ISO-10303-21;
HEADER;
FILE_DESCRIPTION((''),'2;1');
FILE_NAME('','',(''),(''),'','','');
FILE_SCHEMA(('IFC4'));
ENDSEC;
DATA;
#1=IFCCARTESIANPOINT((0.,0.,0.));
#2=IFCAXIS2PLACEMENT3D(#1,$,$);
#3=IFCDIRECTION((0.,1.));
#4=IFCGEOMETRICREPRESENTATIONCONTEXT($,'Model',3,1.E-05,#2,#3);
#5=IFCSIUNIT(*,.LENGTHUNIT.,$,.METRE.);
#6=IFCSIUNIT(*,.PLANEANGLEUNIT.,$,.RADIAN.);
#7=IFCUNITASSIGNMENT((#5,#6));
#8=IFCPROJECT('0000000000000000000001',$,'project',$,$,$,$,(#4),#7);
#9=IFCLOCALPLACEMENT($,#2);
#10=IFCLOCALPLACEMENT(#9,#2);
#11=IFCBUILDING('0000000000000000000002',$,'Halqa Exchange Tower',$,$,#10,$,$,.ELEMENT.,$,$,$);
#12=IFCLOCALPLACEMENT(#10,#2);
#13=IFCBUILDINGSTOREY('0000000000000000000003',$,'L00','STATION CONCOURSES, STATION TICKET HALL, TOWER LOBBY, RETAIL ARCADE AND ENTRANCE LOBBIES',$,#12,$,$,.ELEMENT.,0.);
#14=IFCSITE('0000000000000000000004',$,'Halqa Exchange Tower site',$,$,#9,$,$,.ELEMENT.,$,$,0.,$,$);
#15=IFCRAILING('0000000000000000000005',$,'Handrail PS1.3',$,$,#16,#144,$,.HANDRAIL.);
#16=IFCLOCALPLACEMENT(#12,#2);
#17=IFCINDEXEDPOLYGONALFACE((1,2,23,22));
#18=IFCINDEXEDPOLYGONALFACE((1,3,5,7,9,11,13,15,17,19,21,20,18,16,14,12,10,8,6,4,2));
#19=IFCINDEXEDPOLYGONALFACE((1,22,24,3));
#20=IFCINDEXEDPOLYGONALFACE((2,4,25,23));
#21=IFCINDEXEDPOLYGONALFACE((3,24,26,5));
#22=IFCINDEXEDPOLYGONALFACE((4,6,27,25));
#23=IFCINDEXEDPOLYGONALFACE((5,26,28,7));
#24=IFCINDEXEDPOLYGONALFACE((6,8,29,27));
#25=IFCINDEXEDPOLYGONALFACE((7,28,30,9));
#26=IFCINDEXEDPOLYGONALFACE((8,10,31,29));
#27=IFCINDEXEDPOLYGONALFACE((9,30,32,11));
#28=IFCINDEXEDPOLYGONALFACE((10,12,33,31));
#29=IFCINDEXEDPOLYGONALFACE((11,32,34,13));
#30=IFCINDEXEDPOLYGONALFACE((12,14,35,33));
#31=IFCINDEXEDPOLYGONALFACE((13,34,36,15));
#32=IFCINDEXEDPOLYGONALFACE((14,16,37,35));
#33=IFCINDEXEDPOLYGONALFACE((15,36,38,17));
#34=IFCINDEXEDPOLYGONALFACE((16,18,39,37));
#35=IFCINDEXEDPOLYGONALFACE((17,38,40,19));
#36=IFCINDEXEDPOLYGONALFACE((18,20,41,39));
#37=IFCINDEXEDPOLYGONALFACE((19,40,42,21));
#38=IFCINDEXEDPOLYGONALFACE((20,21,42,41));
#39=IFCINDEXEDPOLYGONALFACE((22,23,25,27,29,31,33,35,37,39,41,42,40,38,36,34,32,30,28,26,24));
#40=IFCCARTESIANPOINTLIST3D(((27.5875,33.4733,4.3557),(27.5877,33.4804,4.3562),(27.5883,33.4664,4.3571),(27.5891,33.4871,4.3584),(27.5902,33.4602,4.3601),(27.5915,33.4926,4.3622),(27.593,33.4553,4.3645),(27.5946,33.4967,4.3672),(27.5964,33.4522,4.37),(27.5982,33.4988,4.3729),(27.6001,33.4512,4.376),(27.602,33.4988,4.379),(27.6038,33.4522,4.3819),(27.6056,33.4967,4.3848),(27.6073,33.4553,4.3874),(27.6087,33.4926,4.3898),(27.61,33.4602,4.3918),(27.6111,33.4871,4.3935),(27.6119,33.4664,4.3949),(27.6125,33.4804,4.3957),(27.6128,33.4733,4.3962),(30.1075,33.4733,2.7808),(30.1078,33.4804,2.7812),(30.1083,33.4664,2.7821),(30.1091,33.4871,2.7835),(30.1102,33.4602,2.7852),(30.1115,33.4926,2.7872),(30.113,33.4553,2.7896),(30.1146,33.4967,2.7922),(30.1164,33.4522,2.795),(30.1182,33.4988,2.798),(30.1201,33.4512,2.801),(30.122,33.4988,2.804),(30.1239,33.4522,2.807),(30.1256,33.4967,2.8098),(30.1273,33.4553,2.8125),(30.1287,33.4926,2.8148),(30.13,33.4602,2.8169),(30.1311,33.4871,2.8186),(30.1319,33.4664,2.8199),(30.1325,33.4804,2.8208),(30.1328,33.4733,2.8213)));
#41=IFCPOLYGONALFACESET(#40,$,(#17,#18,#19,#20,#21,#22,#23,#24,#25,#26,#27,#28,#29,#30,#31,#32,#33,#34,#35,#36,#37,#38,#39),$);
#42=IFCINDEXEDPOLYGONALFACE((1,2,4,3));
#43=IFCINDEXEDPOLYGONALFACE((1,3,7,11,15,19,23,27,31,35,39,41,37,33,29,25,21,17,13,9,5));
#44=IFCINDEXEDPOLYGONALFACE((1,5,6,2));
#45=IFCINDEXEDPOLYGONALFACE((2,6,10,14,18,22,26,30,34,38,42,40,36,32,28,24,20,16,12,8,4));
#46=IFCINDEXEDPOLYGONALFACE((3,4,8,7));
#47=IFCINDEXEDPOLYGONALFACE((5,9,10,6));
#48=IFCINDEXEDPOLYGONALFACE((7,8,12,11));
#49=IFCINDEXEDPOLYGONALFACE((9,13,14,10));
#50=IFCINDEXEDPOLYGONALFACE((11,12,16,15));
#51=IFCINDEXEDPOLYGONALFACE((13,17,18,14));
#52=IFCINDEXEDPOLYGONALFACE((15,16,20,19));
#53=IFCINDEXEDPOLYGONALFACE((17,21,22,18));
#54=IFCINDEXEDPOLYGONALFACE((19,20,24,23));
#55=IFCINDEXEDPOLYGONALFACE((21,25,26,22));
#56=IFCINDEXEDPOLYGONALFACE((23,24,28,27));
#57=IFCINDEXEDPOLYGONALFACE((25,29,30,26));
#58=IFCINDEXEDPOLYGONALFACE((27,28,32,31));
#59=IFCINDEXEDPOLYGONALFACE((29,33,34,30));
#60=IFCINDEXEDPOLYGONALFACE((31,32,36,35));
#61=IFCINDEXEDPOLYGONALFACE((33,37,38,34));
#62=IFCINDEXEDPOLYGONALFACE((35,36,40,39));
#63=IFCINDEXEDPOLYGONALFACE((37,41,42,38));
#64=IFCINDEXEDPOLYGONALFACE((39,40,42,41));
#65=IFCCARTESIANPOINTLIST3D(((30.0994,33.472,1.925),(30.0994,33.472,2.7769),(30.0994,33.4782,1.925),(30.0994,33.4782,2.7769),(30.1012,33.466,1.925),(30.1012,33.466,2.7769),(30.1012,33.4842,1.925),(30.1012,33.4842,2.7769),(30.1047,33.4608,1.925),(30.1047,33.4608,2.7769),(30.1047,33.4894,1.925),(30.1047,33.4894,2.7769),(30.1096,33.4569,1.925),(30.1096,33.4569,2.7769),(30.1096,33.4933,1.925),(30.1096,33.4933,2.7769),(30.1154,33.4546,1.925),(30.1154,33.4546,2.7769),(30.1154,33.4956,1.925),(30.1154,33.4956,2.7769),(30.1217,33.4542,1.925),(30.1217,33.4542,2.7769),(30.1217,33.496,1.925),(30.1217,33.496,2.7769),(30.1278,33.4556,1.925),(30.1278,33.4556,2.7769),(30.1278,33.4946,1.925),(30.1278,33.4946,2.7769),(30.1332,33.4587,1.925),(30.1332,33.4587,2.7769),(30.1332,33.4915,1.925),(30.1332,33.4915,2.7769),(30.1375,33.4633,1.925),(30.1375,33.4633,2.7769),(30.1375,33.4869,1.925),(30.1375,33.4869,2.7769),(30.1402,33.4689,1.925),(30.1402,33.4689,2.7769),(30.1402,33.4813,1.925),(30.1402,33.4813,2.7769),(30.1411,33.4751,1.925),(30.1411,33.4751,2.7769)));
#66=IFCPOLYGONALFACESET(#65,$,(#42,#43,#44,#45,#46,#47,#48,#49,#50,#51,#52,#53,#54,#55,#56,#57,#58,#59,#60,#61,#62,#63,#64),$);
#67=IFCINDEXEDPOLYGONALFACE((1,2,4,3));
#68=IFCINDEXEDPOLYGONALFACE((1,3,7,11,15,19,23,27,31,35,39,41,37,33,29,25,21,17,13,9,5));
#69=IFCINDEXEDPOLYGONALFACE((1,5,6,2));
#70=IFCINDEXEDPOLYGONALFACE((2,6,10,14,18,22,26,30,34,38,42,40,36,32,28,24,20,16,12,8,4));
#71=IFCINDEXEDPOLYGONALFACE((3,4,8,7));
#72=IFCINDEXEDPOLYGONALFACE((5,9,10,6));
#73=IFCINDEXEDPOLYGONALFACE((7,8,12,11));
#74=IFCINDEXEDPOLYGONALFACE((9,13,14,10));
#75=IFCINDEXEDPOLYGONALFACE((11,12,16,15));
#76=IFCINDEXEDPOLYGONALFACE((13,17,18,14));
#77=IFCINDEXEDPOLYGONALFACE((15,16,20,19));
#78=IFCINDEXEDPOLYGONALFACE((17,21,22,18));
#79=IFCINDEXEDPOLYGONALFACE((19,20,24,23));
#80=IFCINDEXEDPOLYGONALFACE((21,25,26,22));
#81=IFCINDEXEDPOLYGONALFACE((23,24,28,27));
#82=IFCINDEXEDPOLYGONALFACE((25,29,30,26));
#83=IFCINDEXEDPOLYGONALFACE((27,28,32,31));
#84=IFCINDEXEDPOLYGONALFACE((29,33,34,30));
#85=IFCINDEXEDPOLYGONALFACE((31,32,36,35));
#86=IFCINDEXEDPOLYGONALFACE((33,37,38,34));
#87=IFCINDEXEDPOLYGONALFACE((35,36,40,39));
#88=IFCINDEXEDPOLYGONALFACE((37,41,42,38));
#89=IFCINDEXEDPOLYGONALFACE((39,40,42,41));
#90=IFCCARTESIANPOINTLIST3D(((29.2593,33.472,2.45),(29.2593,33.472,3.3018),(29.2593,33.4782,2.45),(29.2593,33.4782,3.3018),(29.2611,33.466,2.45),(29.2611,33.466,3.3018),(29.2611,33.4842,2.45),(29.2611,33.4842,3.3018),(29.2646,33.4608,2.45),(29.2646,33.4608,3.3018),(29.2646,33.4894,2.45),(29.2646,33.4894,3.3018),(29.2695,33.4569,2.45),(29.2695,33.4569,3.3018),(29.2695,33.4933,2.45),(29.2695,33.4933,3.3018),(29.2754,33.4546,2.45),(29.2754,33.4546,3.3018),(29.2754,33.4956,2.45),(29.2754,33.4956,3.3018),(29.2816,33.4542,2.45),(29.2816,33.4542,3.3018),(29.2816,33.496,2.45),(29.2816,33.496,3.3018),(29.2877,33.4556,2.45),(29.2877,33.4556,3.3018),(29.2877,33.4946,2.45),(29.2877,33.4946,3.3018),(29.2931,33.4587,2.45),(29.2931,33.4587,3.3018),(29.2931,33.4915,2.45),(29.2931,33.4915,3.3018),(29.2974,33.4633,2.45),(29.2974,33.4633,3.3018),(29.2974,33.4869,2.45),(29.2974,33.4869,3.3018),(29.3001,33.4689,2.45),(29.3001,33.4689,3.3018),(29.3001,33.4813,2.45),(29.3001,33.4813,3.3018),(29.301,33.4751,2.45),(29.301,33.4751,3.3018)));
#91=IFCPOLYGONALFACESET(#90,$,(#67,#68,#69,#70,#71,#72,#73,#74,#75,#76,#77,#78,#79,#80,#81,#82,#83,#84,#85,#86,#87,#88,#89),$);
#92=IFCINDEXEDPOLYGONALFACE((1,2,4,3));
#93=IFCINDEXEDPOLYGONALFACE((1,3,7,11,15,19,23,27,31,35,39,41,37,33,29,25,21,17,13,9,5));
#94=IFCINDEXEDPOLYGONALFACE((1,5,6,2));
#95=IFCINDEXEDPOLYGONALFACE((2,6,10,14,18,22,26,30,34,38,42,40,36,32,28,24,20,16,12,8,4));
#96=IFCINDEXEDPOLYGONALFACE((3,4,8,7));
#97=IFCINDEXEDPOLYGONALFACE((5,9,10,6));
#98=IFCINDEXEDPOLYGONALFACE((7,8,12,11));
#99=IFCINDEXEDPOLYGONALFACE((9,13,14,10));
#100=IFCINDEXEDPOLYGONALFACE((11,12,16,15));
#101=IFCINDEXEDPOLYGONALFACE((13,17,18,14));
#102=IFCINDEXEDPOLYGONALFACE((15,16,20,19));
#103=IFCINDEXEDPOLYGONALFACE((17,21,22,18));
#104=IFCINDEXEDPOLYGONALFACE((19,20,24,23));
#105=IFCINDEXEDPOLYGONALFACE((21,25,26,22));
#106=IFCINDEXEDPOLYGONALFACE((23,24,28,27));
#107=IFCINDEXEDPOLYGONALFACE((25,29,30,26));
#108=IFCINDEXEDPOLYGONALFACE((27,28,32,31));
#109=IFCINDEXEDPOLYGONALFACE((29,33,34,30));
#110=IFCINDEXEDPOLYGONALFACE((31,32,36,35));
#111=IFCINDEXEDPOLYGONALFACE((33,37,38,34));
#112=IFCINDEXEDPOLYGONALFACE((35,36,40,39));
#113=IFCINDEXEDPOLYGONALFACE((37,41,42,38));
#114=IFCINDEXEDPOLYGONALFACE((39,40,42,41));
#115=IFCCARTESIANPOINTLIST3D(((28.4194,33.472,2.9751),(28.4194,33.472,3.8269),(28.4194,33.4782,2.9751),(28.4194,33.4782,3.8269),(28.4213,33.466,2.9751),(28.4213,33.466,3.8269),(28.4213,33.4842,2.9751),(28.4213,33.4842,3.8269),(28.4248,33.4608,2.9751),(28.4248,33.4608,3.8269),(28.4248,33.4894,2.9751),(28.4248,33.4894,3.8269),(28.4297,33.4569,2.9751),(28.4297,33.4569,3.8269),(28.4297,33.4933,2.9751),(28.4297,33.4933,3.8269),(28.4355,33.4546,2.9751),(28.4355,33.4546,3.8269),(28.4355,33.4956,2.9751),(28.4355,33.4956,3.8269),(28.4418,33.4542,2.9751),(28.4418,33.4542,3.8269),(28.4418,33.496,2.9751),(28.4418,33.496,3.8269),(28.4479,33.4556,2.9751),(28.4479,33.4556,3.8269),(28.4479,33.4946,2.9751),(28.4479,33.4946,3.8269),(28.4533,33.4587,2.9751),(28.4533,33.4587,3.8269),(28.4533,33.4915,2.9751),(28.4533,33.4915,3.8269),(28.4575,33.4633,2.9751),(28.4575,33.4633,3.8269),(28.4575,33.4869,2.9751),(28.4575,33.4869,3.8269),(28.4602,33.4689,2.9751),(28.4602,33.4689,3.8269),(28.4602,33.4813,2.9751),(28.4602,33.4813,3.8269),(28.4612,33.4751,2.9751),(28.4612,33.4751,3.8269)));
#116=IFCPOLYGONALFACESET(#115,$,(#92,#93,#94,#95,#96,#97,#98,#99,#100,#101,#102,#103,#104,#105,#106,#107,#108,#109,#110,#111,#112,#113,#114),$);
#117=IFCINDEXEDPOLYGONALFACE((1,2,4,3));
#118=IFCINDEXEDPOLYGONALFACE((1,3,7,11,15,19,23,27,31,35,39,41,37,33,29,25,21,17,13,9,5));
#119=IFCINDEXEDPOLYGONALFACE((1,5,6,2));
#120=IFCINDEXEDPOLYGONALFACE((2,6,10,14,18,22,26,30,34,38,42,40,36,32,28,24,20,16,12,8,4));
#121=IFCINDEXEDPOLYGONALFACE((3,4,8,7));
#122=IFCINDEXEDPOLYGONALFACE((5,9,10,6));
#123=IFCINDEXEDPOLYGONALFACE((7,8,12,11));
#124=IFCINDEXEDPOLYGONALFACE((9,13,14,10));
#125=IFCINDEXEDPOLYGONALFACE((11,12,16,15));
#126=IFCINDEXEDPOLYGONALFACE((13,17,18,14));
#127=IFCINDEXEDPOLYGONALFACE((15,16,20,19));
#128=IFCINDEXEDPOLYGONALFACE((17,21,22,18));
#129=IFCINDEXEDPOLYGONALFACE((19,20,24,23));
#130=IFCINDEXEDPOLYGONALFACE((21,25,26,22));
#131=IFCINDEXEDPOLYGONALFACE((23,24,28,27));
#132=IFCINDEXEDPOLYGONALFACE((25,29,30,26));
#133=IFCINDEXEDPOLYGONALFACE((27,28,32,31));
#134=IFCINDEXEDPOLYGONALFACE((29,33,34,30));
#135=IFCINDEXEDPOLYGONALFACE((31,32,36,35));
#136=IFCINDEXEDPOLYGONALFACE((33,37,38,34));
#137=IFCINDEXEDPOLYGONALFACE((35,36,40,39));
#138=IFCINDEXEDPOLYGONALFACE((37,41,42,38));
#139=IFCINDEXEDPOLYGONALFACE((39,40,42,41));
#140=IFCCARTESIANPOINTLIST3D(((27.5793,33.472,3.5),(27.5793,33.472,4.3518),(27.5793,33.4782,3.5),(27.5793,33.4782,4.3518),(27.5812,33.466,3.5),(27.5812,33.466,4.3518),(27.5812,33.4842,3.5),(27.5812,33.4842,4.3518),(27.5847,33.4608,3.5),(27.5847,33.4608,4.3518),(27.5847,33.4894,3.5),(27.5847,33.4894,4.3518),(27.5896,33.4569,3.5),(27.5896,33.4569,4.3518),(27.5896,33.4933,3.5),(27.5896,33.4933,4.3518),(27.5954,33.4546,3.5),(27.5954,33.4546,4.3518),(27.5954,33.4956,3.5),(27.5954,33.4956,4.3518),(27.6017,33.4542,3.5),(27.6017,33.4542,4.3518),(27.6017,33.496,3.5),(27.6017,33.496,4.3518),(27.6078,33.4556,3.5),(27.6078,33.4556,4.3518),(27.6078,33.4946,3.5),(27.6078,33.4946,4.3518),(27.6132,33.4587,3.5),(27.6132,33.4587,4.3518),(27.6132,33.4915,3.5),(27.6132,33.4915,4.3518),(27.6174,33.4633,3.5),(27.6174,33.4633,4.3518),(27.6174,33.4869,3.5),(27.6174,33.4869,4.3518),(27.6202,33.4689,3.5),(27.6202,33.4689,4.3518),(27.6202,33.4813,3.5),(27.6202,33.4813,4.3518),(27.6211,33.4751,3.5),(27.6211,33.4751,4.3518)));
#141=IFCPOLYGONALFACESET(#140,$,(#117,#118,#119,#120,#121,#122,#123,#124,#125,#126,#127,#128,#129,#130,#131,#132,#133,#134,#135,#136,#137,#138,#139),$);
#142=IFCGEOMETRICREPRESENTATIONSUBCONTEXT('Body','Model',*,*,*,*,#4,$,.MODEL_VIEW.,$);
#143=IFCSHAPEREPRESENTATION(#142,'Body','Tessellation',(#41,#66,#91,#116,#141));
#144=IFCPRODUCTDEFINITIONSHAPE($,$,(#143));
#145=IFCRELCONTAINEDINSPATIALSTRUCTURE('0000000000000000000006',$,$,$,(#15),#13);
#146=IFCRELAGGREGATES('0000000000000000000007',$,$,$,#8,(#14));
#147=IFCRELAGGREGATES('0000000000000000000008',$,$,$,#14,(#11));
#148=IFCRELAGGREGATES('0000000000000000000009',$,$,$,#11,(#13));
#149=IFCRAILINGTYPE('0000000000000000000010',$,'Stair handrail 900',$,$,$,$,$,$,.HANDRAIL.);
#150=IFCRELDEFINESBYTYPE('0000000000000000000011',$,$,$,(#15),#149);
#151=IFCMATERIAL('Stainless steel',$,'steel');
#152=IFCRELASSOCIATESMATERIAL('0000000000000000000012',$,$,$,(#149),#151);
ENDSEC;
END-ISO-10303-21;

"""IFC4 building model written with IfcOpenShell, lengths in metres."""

from ifc_helpers import new_model, si_unit, direction, frame, origin, origin_2d, place, context, subcontext, project, spatial, circle, extrude, material, type_object, element, save


model = new_model("IFC4")

# Units and contexts
model_context = context("Model", 3, precision=1e-05, world=origin(), true_north=direction((0.0, 1.0)))
body_context = subcontext(model_context, "Body", "Model", "MODEL_VIEW")
ifc_project = project(units=[si_unit("LENGTHUNIT", "METRE"), si_unit("PLANEANGLEUNIT", "RADIAN")], contexts=[model_context])

# Site, building, storey
site_placement = place(None, origin())
site = spatial("IfcSite", under=ifc_project, at=site_placement, Name="Halqa Exchange Tower site", CompositionType="ELEMENT", RefElevation=0.0)
building_placement = place(site_placement, origin())
building = spatial("IfcBuilding", under=site, at=building_placement, Name="Halqa Exchange Tower", CompositionType="ELEMENT")
storey_placement = place(building_placement, origin())
storey = spatial("IfcBuildingStorey", under=building, at=storey_placement, Name="L00", Description="STATION CONCOURSES, STATION TICKET HALL, TOWER LOBBY, RETAIL ARCADE AND ENTRANCE LOBBIES", CompositionType="ELEMENT", Elevation=0.0)

# Railing
ifc_material_1 = material(Name="Stainless steel", Category="steel")
railing_type = type_object("IfcRailingType", Name="Stair handrail 900", PredefinedType="HANDRAIL", material=ifc_material_1)
for number, where, name in (
    (1, (30.1201, 33.4751, 1.925), "Handrail PS1.3"),
):
    element("IfcRailing", number, at=place(storey_placement, frame(where)), inside=storey, type_object=railing_type, Name=name, PredefinedType="HANDRAIL", context=body_context, shape_type="SweptSolid", body=[
        extrude(circle(Radius=0.0239, at=origin_2d()), frame((0.0, 0.0, 0.876), z_axis=(-0.848008, 0.0, 0.529984), x_axis=(0.0, -1.0, 0.0)), (0.0, 0.0, 1.0), 2.9717),
        extrude(circle(Radius=0.021, at=origin_2d()), origin(), (0.0, 0.0, 1.0), 0.8518),
        extrude(circle(Radius=0.021, at=origin_2d()), frame((-0.8401, 0.0, 0.5249)), (0.0, 0.0, 1.0), 0.8518),
        extrude(circle(Radius=0.021, at=origin_2d()), frame((-1.6799, 0.0, 1.05)), (0.0, 0.0, 1.0), 0.8518),
        extrude(circle(Radius=0.021, at=origin_2d()), frame((-2.52, 0.0, 1.575)), (0.0, 0.0, 1.0), 0.8518),
    ])

save(model, "model.ifc")
